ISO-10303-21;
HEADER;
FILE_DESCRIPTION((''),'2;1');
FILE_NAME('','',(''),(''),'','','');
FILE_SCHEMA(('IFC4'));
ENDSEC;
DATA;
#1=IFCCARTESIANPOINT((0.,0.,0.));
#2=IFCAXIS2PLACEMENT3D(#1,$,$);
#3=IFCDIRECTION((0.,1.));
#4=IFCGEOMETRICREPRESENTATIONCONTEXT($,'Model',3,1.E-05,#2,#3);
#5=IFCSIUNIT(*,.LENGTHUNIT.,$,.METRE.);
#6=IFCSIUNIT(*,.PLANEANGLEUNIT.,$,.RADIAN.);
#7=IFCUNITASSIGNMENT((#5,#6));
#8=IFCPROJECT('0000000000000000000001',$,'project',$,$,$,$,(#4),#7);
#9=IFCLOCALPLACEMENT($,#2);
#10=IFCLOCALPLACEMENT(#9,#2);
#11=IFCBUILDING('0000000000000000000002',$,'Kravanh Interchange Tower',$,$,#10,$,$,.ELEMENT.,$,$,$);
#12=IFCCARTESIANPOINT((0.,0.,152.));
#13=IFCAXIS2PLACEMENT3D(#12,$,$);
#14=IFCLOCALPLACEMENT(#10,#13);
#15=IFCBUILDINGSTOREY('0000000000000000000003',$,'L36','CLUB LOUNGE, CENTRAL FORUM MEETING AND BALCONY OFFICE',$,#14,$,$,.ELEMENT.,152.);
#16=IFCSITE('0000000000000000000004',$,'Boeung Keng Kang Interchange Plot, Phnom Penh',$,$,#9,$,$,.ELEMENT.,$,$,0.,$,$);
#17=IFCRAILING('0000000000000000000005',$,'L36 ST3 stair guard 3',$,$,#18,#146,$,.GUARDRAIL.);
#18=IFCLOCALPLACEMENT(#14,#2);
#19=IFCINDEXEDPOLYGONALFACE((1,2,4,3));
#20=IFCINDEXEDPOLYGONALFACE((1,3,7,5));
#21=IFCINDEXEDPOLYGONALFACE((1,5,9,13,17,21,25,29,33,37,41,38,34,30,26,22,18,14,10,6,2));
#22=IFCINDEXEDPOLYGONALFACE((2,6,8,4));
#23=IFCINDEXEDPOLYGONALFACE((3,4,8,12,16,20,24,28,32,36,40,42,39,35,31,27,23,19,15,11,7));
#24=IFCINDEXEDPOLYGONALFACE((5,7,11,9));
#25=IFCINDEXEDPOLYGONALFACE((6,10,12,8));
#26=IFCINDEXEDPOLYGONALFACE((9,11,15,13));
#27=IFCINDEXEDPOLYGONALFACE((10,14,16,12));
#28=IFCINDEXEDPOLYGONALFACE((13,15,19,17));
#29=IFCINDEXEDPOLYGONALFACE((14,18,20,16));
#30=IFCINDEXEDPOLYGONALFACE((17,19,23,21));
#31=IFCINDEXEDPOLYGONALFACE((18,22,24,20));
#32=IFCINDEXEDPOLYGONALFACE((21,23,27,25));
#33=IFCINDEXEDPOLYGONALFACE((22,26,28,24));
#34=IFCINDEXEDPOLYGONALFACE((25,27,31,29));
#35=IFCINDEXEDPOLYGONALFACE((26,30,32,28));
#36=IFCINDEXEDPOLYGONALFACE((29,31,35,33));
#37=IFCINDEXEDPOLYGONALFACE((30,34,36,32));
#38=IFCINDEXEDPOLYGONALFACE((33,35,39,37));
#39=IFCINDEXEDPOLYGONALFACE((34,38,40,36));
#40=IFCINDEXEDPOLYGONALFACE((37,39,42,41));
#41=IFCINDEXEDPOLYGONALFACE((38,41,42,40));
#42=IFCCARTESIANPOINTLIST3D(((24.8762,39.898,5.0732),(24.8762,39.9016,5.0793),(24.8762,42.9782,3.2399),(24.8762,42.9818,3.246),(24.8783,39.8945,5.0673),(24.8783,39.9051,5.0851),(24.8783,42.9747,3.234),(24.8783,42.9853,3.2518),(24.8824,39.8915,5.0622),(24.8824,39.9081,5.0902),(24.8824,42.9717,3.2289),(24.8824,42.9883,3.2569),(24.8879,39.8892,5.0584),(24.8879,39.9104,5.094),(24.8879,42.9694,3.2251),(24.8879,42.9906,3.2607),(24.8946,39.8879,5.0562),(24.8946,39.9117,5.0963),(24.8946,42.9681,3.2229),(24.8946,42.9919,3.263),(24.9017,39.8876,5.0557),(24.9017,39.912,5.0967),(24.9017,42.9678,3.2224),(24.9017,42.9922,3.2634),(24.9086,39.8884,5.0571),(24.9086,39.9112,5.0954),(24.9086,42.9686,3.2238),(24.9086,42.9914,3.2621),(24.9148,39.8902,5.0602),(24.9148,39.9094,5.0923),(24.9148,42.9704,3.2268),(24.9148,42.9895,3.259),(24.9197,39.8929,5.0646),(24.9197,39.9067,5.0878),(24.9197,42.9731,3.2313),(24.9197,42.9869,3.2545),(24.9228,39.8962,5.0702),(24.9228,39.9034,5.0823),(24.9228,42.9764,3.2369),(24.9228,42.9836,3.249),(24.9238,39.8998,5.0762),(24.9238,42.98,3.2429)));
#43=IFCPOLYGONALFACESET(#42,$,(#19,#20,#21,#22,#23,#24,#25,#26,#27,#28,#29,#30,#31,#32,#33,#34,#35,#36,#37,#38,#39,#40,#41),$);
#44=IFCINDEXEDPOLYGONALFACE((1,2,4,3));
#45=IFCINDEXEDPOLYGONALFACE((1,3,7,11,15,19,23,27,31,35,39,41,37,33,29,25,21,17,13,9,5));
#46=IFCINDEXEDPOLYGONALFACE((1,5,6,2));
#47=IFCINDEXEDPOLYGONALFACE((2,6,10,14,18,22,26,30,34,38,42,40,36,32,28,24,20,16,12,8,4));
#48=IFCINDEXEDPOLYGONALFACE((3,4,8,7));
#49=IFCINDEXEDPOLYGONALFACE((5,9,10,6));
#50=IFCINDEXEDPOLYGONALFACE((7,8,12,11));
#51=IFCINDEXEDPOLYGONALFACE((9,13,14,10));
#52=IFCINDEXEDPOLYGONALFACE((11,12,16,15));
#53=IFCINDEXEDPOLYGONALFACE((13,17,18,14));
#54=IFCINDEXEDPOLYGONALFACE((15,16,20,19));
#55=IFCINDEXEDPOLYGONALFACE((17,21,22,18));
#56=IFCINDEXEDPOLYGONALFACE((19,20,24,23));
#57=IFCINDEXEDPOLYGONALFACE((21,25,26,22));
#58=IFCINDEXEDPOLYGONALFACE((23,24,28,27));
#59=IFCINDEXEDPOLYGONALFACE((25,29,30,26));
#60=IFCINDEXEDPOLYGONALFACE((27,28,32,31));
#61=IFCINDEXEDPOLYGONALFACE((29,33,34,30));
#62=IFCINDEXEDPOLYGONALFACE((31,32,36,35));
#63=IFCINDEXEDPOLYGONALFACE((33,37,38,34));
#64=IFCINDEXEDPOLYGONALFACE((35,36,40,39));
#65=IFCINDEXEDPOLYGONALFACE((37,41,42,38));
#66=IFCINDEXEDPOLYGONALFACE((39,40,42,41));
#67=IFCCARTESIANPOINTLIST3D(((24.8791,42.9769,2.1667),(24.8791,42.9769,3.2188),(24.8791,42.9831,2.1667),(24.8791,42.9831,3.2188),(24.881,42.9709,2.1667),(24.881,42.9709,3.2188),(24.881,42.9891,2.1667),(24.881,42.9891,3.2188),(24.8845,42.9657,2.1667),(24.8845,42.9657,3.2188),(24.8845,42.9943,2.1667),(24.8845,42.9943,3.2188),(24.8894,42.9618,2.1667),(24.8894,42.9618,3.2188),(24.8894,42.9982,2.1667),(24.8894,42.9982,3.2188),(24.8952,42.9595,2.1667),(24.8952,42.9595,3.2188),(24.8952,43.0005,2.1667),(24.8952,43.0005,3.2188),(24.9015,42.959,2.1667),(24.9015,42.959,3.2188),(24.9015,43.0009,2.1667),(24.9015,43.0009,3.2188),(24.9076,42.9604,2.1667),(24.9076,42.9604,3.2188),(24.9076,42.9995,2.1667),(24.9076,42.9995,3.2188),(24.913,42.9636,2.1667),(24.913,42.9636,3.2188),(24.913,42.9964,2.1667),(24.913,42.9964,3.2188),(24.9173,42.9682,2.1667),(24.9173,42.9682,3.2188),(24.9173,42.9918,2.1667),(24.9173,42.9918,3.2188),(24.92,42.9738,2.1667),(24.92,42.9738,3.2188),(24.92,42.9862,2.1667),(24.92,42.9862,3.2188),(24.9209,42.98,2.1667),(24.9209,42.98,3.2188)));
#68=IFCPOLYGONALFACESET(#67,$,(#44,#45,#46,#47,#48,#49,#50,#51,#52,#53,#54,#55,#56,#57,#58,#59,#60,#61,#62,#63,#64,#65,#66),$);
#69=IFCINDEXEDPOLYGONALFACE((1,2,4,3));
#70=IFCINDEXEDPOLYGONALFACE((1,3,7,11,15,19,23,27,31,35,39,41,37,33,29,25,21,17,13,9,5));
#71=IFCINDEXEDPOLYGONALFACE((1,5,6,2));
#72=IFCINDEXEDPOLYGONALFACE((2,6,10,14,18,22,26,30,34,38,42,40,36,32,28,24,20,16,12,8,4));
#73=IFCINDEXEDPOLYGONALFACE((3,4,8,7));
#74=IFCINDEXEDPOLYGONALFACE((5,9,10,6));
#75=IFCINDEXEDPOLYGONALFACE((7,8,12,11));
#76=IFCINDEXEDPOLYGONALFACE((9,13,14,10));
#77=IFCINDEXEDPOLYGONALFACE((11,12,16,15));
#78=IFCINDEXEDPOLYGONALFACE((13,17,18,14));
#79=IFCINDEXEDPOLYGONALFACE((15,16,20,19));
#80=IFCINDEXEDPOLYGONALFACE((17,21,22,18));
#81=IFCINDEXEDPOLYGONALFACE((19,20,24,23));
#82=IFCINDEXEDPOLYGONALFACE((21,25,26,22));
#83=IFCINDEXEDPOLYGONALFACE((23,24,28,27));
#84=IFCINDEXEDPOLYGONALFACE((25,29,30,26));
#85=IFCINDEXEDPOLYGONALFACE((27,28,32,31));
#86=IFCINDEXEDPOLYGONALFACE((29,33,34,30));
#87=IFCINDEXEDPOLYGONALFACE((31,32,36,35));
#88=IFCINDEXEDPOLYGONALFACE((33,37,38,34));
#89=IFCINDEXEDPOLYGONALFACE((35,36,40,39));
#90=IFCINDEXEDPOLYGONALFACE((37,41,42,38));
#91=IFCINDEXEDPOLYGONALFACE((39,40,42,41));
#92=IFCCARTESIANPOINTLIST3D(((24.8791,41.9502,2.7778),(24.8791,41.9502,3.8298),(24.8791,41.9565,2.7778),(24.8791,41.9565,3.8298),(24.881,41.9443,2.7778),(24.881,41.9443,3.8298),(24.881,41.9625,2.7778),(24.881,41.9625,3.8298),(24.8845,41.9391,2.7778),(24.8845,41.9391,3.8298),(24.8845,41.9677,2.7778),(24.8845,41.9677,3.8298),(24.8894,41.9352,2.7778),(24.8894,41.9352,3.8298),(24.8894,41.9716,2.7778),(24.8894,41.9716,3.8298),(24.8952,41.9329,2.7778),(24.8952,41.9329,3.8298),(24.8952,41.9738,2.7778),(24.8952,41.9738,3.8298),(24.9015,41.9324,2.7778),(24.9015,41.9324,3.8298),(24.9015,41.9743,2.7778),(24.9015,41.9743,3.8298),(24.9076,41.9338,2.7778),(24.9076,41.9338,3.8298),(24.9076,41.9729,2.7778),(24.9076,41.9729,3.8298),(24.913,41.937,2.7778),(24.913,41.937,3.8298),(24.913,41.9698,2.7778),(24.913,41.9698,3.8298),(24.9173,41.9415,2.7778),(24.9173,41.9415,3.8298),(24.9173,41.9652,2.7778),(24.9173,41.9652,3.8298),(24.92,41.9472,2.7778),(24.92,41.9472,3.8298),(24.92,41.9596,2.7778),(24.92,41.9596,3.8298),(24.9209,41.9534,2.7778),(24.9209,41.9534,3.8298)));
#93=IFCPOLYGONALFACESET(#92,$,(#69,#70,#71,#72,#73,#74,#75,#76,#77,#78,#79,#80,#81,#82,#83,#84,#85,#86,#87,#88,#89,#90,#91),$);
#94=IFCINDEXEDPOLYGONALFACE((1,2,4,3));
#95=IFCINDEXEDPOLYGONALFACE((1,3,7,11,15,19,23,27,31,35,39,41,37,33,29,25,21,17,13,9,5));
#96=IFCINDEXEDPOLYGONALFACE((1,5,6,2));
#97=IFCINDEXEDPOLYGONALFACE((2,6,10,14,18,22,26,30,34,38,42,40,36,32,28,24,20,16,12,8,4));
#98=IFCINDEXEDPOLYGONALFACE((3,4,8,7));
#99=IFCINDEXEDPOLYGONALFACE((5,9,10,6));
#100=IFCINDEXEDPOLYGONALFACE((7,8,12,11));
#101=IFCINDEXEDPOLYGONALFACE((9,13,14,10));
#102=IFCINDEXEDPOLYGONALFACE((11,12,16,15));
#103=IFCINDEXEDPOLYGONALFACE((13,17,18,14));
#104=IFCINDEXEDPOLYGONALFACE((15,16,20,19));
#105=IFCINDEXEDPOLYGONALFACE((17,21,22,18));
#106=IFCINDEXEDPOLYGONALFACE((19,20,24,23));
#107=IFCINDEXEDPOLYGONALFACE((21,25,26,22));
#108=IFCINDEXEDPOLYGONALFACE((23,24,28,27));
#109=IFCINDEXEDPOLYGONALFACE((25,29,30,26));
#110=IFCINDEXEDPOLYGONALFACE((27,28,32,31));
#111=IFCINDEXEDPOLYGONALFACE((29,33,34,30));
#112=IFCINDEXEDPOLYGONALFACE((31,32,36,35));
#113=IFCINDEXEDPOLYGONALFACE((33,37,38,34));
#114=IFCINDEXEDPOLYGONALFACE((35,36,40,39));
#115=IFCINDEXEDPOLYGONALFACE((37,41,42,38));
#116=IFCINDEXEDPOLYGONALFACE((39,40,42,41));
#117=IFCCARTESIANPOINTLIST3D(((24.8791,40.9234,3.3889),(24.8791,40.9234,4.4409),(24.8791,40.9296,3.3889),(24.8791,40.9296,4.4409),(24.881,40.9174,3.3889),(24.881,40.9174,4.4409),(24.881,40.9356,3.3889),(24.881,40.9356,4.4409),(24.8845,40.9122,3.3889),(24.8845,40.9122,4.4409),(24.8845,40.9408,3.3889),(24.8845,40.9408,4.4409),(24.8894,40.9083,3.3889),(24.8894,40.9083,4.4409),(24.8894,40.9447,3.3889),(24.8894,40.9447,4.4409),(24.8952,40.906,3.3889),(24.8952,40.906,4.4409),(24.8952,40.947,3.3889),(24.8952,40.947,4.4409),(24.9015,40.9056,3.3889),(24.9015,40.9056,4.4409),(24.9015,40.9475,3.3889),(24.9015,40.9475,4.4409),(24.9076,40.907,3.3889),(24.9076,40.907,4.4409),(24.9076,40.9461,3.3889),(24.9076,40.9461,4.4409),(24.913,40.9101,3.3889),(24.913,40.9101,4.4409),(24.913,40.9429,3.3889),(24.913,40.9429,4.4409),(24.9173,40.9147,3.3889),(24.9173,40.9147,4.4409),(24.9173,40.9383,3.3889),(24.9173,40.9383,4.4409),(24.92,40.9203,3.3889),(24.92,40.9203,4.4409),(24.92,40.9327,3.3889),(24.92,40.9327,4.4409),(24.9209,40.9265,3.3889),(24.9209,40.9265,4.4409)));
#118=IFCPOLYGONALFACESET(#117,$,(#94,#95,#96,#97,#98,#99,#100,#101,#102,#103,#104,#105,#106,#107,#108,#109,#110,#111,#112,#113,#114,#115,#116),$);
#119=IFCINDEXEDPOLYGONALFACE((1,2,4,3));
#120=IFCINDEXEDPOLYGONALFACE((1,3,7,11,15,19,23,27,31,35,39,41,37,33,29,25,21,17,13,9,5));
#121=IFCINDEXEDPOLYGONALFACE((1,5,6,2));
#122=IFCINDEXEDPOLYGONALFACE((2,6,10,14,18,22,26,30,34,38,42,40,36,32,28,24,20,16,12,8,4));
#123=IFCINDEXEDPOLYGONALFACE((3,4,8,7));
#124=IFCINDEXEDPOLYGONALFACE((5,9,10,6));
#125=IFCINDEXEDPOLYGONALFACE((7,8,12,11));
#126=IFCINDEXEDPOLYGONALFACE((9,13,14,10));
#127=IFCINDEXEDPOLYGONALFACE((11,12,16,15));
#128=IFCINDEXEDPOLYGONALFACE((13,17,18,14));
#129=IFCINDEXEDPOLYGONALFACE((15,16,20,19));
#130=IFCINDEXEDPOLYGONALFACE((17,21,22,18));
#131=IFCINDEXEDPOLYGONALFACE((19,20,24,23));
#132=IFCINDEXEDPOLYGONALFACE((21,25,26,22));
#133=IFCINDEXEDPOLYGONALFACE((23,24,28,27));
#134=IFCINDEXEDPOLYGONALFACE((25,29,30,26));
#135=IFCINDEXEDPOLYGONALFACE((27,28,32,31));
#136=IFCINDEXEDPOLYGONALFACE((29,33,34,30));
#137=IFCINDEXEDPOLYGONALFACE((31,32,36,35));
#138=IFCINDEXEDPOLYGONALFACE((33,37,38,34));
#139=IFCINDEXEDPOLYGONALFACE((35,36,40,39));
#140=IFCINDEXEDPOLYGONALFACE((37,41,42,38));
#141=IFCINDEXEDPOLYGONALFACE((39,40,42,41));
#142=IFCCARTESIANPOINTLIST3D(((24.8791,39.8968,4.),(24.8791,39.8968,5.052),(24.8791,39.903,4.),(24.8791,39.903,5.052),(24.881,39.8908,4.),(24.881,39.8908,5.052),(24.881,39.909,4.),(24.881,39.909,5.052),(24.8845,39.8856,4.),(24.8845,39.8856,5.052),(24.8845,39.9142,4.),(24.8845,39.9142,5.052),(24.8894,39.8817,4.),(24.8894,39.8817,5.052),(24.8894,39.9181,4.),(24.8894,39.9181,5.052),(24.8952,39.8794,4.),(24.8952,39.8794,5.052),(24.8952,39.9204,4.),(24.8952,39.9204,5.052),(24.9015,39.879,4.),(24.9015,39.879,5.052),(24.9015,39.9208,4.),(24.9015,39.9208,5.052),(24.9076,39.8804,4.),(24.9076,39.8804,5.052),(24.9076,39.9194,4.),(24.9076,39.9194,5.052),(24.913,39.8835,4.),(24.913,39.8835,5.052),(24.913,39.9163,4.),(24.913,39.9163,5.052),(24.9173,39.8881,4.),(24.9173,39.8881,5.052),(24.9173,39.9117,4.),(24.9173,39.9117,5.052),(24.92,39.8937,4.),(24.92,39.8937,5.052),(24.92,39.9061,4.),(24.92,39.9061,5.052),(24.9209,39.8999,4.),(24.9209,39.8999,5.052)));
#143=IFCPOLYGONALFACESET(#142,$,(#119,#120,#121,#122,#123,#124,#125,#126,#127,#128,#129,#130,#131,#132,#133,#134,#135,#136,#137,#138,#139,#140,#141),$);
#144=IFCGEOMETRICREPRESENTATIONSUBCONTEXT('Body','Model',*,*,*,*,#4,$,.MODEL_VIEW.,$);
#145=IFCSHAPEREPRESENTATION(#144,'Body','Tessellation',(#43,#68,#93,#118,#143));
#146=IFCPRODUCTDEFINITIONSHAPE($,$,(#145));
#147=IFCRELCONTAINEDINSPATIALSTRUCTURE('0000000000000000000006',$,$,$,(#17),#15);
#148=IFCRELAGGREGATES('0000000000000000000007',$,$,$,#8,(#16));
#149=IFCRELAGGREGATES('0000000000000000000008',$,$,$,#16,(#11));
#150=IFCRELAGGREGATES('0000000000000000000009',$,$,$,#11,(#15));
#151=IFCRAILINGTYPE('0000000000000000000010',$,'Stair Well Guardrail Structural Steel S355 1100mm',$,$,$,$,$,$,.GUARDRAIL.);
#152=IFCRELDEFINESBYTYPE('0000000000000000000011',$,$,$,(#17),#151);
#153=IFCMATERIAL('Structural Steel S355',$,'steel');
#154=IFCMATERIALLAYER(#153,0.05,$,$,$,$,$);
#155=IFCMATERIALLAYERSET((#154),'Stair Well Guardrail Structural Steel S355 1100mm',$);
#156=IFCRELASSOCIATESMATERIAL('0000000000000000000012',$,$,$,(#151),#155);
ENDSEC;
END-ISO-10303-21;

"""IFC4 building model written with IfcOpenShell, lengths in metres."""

from ifc_helpers import new_model, si_unit, direction, frame, origin, origin_2d, place, context, subcontext, project, spatial, circle, extrude, material, layer, layer_set, type_object, element, save


model = new_model("IFC4")

# Units and contexts
model_context = context("Model", 3, precision=1e-05, world=origin(), true_north=direction((0.0, 1.0)))
body_context = subcontext(model_context, "Body", "Model", "MODEL_VIEW")
ifc_project = project(units=[si_unit("LENGTHUNIT", "METRE"), si_unit("PLANEANGLEUNIT", "RADIAN")], contexts=[model_context])

# Site, building, storey
site_placement = place(None, origin())
site = spatial("IfcSite", under=ifc_project, at=site_placement, Name="Boeung Keng Kang Interchange Plot, Phnom Penh", CompositionType="ELEMENT", RefElevation=0.0)
building_placement = place(site_placement, origin())
building = spatial("IfcBuilding", under=site, at=building_placement, Name="Kravanh Interchange Tower", CompositionType="ELEMENT")
storey_placement = place(building_placement, frame((0.0, 0.0, 152.0)))
storey = spatial("IfcBuildingStorey", under=building, at=storey_placement, Name="L36", Description="CLUB LOUNGE, CENTRAL FORUM MEETING AND BALCONY OFFICE", CompositionType="ELEMENT", Elevation=152.0)

# Railing
ifc_material_1 = material(Name="Structural Steel S355", Category="steel")
ifc_layer_1 = layer(ifc_material_1, 0.05)
ifc_layer_set_1 = layer_set([ifc_layer_1], Name="Stair Well Guardrail Structural Steel S355 1100mm")
railing_type_1 = type_object("IfcRailingType", Name="Stair Well Guardrail Structural Steel S355 1100mm", PredefinedType="GUARDRAIL", material=ifc_layer_set_1)
railing_1_placement = place(storey_placement, frame((24.8999, 42.98, 2.1667)))
element("IfcRailing", 1, at=railing_1_placement, inside=storey, type_object=railing_type_1, Name="L36 ST3 stair guard 3", PredefinedType="GUARDRAIL", context=body_context, shape_type="SweptSolid", body=[
    extrude(circle(Radius=0.0239, at=origin_2d()), frame((0.0, 0.0, 1.0762), z_axis=(0.0, -0.859309, 0.511458), x_axis=(1.0, 0.0, 0.0)), (0.0, 0.0, 1.0), 3.5845),
    extrude(circle(Radius=0.021, at=origin_2d()), origin(), (0.0, 0.0, 1.0), 1.052),
    extrude(circle(Radius=0.021, at=origin_2d()), frame((0.0, -1.0266, 0.6111)), (0.0, 0.0, 1.0), 1.052),
    extrude(circle(Radius=0.021, at=origin_2d()), frame((0.0, -2.0535, 1.2222)), (0.0, 0.0, 1.0), 1.052),
    extrude(circle(Radius=0.021, at=origin_2d()), frame((0.0, -3.0801, 1.8333)), (0.0, 0.0, 1.0), 1.052),
])

save(model, "model.ifc")
